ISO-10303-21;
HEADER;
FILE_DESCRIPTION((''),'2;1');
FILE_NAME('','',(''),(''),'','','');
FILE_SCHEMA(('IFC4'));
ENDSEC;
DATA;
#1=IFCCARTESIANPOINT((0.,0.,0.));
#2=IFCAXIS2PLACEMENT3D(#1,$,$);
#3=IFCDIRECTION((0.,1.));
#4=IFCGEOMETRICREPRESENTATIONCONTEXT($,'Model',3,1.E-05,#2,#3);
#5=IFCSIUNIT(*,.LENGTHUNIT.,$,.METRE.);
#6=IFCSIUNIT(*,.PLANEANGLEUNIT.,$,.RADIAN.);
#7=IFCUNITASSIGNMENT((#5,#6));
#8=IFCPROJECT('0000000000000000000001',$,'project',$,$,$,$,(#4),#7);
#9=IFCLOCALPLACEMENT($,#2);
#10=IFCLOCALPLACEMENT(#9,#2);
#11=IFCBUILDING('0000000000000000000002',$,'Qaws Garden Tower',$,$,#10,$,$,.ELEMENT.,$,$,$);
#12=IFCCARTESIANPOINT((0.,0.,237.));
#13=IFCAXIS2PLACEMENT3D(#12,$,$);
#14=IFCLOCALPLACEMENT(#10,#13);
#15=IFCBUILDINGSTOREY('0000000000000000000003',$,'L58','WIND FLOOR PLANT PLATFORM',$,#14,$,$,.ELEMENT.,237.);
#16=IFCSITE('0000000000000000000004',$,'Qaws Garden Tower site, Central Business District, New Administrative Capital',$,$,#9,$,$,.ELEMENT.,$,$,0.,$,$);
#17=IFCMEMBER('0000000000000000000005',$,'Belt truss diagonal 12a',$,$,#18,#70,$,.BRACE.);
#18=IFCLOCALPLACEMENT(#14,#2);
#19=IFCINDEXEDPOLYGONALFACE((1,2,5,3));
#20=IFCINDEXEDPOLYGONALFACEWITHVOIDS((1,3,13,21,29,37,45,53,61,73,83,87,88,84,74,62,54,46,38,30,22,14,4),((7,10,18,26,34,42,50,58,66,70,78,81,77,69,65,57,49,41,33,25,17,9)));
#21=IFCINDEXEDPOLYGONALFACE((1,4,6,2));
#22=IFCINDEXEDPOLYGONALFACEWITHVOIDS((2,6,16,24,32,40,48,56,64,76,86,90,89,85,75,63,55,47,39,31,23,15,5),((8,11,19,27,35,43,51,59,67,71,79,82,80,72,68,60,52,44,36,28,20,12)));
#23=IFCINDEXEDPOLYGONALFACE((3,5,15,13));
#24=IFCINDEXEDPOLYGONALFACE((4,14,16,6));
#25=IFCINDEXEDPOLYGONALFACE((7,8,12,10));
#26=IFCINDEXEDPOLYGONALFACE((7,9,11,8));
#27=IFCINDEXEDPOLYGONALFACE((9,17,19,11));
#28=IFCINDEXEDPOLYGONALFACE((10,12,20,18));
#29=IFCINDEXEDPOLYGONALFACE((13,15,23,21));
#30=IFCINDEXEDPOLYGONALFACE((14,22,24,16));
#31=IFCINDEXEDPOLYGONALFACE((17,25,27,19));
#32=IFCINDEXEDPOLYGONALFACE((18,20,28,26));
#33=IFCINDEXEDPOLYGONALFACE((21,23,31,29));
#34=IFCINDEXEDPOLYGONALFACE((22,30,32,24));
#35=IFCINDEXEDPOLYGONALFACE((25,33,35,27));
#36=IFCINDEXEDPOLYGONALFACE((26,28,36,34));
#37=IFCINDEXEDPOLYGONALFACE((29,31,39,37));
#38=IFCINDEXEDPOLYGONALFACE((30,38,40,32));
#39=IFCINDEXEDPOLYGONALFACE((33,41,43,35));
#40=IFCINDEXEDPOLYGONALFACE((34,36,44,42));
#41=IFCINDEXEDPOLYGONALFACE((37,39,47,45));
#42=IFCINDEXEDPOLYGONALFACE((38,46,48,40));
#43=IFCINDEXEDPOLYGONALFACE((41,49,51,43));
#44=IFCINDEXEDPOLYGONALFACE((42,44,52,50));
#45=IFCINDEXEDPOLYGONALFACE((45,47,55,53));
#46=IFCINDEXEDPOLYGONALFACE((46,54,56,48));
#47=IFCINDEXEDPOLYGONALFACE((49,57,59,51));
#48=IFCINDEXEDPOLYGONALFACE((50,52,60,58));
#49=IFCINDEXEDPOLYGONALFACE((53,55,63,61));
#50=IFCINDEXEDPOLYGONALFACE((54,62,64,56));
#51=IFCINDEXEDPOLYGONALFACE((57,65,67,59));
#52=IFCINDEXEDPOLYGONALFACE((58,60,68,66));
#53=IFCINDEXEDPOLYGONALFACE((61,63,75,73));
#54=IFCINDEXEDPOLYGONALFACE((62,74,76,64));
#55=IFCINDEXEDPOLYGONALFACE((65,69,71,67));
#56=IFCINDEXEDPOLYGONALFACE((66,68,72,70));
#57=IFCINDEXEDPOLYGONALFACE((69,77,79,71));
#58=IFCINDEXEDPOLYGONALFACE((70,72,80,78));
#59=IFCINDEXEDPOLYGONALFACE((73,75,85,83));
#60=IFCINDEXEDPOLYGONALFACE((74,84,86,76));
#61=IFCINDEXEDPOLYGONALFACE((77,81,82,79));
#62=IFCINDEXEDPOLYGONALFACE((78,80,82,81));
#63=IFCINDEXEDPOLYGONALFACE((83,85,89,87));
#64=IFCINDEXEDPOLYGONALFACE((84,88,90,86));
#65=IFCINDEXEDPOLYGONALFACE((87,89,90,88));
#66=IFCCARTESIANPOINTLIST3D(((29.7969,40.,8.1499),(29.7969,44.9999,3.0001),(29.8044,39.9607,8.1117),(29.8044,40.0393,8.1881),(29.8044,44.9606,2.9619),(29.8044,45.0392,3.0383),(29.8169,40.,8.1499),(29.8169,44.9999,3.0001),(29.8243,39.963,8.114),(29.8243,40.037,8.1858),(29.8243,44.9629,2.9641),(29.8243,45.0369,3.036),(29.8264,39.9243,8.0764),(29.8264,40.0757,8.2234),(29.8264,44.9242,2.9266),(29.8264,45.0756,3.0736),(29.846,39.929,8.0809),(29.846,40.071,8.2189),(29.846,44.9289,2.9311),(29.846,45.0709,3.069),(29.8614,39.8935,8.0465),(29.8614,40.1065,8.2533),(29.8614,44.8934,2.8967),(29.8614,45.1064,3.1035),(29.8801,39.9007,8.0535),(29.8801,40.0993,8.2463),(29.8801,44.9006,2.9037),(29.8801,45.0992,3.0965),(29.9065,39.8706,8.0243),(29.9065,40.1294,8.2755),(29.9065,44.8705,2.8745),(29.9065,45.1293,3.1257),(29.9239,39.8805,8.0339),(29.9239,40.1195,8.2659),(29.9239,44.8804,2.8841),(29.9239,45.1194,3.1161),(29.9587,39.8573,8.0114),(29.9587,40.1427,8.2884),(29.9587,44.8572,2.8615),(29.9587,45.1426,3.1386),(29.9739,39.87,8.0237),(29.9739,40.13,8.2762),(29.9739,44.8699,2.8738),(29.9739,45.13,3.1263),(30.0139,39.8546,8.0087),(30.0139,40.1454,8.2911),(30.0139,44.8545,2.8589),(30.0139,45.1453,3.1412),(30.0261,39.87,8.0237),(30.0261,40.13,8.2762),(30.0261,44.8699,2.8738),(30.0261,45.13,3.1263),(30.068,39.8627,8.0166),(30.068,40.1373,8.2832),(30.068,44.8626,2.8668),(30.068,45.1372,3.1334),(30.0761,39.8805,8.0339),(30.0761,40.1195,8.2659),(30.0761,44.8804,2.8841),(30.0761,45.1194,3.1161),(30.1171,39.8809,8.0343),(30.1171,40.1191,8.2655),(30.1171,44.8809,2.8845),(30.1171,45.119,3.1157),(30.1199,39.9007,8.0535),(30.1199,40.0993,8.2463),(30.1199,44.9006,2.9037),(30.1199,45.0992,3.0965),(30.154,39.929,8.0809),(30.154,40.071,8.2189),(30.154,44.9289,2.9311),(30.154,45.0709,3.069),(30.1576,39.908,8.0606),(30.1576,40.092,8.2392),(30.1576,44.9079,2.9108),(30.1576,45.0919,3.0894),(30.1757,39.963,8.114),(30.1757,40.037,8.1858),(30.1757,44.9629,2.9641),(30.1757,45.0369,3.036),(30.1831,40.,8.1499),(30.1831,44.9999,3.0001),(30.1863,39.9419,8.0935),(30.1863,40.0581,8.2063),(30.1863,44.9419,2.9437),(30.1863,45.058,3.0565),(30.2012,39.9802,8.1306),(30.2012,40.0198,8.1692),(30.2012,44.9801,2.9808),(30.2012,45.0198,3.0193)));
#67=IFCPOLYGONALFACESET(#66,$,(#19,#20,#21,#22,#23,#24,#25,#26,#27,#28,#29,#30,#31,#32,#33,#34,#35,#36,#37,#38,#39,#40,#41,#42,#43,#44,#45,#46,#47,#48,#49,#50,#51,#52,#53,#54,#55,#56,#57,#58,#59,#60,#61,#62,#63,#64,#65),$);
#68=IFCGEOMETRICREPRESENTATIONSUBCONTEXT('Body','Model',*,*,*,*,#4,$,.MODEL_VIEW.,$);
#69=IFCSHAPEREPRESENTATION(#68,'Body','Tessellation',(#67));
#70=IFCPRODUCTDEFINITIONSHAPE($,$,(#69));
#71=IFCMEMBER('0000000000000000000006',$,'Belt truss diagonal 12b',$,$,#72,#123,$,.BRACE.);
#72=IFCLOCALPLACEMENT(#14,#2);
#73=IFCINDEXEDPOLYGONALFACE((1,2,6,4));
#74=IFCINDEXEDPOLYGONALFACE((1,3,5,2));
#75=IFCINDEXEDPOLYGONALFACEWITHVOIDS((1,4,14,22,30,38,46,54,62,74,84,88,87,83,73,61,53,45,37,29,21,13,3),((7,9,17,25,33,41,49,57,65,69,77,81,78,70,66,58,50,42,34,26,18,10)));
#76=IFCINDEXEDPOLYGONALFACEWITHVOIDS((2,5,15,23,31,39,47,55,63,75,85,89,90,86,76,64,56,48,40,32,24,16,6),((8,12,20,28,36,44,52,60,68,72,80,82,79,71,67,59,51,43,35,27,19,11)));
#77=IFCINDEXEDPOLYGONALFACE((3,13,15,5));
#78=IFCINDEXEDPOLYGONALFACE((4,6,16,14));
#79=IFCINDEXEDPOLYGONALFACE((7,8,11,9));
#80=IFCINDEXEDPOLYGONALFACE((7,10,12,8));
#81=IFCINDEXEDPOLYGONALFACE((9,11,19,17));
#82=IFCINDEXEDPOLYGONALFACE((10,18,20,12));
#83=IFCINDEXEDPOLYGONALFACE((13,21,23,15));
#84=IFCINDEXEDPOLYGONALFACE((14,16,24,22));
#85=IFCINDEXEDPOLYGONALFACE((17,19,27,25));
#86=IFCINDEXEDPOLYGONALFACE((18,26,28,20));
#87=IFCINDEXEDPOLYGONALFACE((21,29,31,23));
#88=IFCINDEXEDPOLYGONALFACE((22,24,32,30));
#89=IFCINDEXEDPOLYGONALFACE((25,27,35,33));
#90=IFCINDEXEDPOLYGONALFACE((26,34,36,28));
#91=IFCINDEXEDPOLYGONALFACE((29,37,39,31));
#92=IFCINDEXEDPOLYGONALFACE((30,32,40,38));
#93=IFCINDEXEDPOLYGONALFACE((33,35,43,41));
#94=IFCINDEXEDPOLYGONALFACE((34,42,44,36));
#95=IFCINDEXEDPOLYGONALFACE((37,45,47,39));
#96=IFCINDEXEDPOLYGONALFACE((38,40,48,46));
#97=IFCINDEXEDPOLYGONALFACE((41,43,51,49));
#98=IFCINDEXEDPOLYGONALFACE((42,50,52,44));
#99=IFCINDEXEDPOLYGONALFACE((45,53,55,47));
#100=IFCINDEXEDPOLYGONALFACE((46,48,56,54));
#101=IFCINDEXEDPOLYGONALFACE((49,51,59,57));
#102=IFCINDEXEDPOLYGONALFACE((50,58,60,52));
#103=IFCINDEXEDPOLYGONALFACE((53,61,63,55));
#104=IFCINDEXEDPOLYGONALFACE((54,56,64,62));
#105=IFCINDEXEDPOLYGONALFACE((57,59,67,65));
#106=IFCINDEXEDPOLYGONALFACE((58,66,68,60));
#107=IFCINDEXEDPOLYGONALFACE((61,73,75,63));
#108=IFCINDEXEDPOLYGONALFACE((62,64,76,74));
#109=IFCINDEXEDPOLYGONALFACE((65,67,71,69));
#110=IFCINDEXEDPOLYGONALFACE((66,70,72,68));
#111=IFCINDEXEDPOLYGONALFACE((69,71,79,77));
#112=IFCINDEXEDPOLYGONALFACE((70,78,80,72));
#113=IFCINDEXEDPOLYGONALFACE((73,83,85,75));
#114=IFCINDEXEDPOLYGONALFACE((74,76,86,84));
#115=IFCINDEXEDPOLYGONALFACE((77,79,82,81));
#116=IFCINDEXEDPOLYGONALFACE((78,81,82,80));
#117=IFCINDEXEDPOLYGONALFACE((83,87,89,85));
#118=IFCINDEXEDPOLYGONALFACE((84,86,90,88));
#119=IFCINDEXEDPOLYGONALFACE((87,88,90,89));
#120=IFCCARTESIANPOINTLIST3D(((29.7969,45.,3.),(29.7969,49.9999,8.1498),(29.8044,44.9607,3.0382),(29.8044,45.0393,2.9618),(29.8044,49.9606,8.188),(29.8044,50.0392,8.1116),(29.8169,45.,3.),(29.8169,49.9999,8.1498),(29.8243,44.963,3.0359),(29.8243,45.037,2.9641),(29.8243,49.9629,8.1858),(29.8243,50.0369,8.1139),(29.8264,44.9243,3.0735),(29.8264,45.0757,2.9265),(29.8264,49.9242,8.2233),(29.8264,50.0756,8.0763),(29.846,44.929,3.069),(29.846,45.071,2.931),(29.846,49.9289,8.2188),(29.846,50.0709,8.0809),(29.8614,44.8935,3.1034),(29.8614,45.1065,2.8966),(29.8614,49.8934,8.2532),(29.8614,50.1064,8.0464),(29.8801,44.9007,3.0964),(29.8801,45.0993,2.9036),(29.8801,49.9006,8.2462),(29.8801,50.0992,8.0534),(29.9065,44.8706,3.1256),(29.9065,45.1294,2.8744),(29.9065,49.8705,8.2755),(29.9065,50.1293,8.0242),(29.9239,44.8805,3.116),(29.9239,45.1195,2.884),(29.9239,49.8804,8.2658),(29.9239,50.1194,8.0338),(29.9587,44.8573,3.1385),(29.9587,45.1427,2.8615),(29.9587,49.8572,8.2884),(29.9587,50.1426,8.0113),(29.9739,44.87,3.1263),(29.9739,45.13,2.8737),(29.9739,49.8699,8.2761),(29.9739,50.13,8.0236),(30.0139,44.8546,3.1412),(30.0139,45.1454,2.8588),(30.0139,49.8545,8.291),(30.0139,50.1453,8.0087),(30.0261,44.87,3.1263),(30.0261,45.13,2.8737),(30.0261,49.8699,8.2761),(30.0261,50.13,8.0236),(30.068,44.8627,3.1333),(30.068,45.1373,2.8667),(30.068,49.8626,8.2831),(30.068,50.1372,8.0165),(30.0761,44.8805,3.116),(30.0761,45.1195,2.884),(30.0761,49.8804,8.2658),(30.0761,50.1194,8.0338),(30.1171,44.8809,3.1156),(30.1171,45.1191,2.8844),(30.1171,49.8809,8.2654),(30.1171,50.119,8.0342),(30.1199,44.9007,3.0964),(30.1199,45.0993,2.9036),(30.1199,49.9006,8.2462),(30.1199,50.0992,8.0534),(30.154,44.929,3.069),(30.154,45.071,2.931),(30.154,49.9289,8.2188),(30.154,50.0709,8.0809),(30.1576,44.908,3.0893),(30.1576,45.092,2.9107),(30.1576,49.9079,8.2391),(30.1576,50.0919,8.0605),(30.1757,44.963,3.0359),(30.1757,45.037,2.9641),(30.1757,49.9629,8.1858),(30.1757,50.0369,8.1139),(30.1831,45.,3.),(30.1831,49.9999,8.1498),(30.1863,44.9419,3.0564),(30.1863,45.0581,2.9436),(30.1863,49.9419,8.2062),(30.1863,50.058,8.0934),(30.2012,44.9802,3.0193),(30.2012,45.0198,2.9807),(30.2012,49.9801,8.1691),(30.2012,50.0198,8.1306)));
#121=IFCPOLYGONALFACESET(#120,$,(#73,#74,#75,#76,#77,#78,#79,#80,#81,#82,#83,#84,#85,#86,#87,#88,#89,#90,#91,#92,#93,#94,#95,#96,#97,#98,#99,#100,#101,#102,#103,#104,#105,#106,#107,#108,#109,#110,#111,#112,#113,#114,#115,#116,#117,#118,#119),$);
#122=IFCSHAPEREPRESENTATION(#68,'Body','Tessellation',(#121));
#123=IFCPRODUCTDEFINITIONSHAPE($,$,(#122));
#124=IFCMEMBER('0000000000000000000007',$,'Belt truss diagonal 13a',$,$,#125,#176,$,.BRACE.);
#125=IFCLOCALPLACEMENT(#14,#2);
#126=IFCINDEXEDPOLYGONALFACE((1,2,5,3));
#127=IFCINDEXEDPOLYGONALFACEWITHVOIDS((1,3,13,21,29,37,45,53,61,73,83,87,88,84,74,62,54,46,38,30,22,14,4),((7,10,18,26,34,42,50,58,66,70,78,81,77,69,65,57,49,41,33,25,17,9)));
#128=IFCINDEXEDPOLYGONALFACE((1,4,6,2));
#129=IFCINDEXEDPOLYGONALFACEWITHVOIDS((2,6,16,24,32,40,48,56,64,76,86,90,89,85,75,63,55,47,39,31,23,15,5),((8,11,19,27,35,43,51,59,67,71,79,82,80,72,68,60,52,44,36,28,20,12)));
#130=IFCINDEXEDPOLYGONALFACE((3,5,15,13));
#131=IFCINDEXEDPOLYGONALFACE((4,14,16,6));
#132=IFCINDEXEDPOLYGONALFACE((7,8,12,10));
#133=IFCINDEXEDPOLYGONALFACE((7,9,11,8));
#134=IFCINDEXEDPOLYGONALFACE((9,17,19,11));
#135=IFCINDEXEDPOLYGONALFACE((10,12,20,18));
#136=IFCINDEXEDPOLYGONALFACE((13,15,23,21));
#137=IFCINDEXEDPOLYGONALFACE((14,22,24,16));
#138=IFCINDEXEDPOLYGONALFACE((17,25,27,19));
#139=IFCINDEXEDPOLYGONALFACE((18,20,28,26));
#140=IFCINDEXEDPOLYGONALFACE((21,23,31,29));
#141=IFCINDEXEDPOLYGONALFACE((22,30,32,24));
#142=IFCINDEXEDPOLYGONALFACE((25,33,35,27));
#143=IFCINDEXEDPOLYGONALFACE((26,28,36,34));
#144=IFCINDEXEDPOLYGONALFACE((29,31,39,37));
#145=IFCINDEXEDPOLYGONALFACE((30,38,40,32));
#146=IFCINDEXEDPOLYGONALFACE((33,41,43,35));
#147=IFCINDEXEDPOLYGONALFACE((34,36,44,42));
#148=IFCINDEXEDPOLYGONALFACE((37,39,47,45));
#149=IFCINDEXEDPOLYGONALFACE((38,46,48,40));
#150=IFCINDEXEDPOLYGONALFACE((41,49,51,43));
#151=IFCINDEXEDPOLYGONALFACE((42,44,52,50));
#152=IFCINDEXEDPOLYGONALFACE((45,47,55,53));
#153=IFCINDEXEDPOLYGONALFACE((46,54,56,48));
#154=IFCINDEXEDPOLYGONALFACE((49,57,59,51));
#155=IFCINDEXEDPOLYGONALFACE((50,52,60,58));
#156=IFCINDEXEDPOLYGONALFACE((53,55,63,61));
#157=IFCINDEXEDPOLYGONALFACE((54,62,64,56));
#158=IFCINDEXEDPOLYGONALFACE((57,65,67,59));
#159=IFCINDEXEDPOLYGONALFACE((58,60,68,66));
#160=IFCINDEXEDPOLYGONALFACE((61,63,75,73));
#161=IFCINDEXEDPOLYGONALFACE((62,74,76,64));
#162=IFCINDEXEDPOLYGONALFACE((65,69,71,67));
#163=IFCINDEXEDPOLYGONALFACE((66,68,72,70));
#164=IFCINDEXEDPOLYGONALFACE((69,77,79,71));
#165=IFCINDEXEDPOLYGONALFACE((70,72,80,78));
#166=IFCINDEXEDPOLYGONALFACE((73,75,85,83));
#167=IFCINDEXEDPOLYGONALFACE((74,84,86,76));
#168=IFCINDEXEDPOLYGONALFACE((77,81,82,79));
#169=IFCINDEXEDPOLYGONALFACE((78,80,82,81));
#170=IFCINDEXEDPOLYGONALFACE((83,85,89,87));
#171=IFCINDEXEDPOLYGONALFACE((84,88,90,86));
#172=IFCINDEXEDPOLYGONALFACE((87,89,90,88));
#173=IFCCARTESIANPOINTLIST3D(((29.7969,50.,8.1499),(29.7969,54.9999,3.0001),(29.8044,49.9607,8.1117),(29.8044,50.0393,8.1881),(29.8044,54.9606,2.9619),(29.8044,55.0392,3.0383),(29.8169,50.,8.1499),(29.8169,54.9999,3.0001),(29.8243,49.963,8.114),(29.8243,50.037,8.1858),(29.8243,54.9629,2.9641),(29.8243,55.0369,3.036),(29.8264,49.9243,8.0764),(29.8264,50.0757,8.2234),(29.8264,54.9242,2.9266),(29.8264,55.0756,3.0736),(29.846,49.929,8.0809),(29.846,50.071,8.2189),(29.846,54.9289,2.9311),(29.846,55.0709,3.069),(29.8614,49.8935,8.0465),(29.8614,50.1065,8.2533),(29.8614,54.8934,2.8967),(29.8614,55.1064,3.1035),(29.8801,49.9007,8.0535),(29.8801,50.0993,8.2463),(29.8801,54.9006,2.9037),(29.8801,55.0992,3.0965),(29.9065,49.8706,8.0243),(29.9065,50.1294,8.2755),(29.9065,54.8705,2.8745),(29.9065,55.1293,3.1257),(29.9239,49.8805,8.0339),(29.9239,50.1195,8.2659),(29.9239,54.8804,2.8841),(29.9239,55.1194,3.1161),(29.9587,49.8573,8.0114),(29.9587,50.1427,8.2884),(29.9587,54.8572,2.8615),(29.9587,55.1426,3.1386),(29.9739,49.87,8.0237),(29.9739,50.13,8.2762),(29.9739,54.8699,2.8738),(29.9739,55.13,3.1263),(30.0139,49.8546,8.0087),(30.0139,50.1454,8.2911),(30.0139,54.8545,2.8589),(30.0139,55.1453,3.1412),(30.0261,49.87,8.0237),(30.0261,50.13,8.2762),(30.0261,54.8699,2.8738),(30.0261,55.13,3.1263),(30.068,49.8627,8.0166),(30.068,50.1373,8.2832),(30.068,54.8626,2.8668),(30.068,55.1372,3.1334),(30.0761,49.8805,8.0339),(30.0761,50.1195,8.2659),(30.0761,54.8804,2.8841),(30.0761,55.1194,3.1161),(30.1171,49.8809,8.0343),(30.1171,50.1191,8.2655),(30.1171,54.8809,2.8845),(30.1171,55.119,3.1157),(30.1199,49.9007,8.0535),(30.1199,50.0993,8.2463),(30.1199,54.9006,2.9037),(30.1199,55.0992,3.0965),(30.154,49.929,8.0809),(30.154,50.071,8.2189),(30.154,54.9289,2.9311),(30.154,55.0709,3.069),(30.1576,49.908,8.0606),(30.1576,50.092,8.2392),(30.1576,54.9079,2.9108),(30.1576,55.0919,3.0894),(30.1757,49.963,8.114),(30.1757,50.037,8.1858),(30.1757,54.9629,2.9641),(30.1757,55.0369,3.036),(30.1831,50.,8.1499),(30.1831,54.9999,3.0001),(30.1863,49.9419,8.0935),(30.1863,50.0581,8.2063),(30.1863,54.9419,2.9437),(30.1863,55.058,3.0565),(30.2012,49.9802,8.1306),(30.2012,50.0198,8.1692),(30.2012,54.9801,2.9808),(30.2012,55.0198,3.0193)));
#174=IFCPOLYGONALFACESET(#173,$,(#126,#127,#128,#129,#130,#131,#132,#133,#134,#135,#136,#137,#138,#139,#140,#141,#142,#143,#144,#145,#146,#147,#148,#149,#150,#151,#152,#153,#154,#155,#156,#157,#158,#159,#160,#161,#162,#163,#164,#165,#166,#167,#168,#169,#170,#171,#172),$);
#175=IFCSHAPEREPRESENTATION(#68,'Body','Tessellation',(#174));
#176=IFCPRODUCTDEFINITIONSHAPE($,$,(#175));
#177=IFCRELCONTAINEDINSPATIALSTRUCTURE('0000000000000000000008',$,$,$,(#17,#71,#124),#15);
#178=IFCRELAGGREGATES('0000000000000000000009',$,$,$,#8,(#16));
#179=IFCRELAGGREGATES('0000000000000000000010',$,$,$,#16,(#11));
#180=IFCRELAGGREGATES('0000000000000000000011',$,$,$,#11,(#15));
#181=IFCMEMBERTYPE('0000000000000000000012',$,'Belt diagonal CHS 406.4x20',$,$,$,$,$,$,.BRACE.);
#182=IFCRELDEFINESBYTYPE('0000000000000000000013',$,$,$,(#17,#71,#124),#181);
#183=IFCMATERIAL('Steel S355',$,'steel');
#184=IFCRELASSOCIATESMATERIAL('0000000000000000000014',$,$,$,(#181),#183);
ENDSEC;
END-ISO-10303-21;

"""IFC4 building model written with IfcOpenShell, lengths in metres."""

from ifc_helpers import new_model, si_unit, direction, frame, origin, origin_2d, place, context, subcontext, project, spatial, hollow_circle, extrude, material, material_profile, profile_set, type_object, element, save


model = new_model("IFC4")

# Units and contexts
model_context = context("Model", 3, precision=1e-05, world=origin(), true_north=direction((0.0, 1.0)))
body_context = subcontext(model_context, "Body", "Model", "MODEL_VIEW")
ifc_project = project(units=[si_unit("LENGTHUNIT", "METRE"), si_unit("PLANEANGLEUNIT", "RADIAN")], contexts=[model_context])

# Site, building, storey
site_placement = place(None, origin())
site = spatial("IfcSite", under=ifc_project, at=site_placement, Name="Qaws Garden Tower site, Central Business District, New Administrative Capital", CompositionType="ELEMENT", RefElevation=0.0)
building_placement = place(site_placement, origin())
building = spatial("IfcBuilding", under=site, at=building_placement, Name="Qaws Garden Tower", CompositionType="ELEMENT")
storey_placement = place(building_placement, frame((0.0, 0.0, 237.0)))
storey = spatial("IfcBuildingStorey", under=building, at=storey_placement, Name="L58", Description="WIND FLOOR PLANT PLATFORM", CompositionType="ELEMENT", Elevation=237.0)

# Members
ifc_material_1 = material(Name="Steel S355", Category="steel")
ifc_material_profile_1 = material_profile(ifc_material_1, hollow_circle(Radius=0.2031, WallThickness=0.02, at=origin_2d()), Name="CHS 406.4x20")
ifc_profile_set_1 = profile_set([ifc_material_profile_1], Name="Steel S355")
member_type_1 = type_object("IfcMemberType", Name="Belt diagonal CHS 406.4x20", PredefinedType="BRACE", material=ifc_profile_set_1)
for number, where, z_axis, x_axis, name in (
    (1, (30.0, 40.0, 8.1499), (0.0, 0.696588, -0.717472), (-1.0, 0.0, 0.0), "Belt truss diagonal 12a"),
    (2, (30.0, 45.0, 3.0), (0.0, 0.696588, 0.717472), (-1.0, 0.0, 0.0), "Belt truss diagonal 12b"),
    (3, (30.0, 50.0, 8.1499), (0.0, 0.696588, -0.717472), (-1.0, 0.0, 0.0), "Belt truss diagonal 13a"),
):
    element("IfcMember", number, at=place(storey_placement, frame(where, z_axis=z_axis, x_axis=x_axis)), inside=storey, type_object=member_type_1, Name=name, PredefinedType="BRACE", context=body_context, shape_type="SweptSolid", body=[
        extrude(hollow_circle(Radius=0.2031, WallThickness=0.02, at=origin_2d()), origin(), (0.0, 0.0, 1.0), 7.1777),
    ])

save(model, "model.ifc")
